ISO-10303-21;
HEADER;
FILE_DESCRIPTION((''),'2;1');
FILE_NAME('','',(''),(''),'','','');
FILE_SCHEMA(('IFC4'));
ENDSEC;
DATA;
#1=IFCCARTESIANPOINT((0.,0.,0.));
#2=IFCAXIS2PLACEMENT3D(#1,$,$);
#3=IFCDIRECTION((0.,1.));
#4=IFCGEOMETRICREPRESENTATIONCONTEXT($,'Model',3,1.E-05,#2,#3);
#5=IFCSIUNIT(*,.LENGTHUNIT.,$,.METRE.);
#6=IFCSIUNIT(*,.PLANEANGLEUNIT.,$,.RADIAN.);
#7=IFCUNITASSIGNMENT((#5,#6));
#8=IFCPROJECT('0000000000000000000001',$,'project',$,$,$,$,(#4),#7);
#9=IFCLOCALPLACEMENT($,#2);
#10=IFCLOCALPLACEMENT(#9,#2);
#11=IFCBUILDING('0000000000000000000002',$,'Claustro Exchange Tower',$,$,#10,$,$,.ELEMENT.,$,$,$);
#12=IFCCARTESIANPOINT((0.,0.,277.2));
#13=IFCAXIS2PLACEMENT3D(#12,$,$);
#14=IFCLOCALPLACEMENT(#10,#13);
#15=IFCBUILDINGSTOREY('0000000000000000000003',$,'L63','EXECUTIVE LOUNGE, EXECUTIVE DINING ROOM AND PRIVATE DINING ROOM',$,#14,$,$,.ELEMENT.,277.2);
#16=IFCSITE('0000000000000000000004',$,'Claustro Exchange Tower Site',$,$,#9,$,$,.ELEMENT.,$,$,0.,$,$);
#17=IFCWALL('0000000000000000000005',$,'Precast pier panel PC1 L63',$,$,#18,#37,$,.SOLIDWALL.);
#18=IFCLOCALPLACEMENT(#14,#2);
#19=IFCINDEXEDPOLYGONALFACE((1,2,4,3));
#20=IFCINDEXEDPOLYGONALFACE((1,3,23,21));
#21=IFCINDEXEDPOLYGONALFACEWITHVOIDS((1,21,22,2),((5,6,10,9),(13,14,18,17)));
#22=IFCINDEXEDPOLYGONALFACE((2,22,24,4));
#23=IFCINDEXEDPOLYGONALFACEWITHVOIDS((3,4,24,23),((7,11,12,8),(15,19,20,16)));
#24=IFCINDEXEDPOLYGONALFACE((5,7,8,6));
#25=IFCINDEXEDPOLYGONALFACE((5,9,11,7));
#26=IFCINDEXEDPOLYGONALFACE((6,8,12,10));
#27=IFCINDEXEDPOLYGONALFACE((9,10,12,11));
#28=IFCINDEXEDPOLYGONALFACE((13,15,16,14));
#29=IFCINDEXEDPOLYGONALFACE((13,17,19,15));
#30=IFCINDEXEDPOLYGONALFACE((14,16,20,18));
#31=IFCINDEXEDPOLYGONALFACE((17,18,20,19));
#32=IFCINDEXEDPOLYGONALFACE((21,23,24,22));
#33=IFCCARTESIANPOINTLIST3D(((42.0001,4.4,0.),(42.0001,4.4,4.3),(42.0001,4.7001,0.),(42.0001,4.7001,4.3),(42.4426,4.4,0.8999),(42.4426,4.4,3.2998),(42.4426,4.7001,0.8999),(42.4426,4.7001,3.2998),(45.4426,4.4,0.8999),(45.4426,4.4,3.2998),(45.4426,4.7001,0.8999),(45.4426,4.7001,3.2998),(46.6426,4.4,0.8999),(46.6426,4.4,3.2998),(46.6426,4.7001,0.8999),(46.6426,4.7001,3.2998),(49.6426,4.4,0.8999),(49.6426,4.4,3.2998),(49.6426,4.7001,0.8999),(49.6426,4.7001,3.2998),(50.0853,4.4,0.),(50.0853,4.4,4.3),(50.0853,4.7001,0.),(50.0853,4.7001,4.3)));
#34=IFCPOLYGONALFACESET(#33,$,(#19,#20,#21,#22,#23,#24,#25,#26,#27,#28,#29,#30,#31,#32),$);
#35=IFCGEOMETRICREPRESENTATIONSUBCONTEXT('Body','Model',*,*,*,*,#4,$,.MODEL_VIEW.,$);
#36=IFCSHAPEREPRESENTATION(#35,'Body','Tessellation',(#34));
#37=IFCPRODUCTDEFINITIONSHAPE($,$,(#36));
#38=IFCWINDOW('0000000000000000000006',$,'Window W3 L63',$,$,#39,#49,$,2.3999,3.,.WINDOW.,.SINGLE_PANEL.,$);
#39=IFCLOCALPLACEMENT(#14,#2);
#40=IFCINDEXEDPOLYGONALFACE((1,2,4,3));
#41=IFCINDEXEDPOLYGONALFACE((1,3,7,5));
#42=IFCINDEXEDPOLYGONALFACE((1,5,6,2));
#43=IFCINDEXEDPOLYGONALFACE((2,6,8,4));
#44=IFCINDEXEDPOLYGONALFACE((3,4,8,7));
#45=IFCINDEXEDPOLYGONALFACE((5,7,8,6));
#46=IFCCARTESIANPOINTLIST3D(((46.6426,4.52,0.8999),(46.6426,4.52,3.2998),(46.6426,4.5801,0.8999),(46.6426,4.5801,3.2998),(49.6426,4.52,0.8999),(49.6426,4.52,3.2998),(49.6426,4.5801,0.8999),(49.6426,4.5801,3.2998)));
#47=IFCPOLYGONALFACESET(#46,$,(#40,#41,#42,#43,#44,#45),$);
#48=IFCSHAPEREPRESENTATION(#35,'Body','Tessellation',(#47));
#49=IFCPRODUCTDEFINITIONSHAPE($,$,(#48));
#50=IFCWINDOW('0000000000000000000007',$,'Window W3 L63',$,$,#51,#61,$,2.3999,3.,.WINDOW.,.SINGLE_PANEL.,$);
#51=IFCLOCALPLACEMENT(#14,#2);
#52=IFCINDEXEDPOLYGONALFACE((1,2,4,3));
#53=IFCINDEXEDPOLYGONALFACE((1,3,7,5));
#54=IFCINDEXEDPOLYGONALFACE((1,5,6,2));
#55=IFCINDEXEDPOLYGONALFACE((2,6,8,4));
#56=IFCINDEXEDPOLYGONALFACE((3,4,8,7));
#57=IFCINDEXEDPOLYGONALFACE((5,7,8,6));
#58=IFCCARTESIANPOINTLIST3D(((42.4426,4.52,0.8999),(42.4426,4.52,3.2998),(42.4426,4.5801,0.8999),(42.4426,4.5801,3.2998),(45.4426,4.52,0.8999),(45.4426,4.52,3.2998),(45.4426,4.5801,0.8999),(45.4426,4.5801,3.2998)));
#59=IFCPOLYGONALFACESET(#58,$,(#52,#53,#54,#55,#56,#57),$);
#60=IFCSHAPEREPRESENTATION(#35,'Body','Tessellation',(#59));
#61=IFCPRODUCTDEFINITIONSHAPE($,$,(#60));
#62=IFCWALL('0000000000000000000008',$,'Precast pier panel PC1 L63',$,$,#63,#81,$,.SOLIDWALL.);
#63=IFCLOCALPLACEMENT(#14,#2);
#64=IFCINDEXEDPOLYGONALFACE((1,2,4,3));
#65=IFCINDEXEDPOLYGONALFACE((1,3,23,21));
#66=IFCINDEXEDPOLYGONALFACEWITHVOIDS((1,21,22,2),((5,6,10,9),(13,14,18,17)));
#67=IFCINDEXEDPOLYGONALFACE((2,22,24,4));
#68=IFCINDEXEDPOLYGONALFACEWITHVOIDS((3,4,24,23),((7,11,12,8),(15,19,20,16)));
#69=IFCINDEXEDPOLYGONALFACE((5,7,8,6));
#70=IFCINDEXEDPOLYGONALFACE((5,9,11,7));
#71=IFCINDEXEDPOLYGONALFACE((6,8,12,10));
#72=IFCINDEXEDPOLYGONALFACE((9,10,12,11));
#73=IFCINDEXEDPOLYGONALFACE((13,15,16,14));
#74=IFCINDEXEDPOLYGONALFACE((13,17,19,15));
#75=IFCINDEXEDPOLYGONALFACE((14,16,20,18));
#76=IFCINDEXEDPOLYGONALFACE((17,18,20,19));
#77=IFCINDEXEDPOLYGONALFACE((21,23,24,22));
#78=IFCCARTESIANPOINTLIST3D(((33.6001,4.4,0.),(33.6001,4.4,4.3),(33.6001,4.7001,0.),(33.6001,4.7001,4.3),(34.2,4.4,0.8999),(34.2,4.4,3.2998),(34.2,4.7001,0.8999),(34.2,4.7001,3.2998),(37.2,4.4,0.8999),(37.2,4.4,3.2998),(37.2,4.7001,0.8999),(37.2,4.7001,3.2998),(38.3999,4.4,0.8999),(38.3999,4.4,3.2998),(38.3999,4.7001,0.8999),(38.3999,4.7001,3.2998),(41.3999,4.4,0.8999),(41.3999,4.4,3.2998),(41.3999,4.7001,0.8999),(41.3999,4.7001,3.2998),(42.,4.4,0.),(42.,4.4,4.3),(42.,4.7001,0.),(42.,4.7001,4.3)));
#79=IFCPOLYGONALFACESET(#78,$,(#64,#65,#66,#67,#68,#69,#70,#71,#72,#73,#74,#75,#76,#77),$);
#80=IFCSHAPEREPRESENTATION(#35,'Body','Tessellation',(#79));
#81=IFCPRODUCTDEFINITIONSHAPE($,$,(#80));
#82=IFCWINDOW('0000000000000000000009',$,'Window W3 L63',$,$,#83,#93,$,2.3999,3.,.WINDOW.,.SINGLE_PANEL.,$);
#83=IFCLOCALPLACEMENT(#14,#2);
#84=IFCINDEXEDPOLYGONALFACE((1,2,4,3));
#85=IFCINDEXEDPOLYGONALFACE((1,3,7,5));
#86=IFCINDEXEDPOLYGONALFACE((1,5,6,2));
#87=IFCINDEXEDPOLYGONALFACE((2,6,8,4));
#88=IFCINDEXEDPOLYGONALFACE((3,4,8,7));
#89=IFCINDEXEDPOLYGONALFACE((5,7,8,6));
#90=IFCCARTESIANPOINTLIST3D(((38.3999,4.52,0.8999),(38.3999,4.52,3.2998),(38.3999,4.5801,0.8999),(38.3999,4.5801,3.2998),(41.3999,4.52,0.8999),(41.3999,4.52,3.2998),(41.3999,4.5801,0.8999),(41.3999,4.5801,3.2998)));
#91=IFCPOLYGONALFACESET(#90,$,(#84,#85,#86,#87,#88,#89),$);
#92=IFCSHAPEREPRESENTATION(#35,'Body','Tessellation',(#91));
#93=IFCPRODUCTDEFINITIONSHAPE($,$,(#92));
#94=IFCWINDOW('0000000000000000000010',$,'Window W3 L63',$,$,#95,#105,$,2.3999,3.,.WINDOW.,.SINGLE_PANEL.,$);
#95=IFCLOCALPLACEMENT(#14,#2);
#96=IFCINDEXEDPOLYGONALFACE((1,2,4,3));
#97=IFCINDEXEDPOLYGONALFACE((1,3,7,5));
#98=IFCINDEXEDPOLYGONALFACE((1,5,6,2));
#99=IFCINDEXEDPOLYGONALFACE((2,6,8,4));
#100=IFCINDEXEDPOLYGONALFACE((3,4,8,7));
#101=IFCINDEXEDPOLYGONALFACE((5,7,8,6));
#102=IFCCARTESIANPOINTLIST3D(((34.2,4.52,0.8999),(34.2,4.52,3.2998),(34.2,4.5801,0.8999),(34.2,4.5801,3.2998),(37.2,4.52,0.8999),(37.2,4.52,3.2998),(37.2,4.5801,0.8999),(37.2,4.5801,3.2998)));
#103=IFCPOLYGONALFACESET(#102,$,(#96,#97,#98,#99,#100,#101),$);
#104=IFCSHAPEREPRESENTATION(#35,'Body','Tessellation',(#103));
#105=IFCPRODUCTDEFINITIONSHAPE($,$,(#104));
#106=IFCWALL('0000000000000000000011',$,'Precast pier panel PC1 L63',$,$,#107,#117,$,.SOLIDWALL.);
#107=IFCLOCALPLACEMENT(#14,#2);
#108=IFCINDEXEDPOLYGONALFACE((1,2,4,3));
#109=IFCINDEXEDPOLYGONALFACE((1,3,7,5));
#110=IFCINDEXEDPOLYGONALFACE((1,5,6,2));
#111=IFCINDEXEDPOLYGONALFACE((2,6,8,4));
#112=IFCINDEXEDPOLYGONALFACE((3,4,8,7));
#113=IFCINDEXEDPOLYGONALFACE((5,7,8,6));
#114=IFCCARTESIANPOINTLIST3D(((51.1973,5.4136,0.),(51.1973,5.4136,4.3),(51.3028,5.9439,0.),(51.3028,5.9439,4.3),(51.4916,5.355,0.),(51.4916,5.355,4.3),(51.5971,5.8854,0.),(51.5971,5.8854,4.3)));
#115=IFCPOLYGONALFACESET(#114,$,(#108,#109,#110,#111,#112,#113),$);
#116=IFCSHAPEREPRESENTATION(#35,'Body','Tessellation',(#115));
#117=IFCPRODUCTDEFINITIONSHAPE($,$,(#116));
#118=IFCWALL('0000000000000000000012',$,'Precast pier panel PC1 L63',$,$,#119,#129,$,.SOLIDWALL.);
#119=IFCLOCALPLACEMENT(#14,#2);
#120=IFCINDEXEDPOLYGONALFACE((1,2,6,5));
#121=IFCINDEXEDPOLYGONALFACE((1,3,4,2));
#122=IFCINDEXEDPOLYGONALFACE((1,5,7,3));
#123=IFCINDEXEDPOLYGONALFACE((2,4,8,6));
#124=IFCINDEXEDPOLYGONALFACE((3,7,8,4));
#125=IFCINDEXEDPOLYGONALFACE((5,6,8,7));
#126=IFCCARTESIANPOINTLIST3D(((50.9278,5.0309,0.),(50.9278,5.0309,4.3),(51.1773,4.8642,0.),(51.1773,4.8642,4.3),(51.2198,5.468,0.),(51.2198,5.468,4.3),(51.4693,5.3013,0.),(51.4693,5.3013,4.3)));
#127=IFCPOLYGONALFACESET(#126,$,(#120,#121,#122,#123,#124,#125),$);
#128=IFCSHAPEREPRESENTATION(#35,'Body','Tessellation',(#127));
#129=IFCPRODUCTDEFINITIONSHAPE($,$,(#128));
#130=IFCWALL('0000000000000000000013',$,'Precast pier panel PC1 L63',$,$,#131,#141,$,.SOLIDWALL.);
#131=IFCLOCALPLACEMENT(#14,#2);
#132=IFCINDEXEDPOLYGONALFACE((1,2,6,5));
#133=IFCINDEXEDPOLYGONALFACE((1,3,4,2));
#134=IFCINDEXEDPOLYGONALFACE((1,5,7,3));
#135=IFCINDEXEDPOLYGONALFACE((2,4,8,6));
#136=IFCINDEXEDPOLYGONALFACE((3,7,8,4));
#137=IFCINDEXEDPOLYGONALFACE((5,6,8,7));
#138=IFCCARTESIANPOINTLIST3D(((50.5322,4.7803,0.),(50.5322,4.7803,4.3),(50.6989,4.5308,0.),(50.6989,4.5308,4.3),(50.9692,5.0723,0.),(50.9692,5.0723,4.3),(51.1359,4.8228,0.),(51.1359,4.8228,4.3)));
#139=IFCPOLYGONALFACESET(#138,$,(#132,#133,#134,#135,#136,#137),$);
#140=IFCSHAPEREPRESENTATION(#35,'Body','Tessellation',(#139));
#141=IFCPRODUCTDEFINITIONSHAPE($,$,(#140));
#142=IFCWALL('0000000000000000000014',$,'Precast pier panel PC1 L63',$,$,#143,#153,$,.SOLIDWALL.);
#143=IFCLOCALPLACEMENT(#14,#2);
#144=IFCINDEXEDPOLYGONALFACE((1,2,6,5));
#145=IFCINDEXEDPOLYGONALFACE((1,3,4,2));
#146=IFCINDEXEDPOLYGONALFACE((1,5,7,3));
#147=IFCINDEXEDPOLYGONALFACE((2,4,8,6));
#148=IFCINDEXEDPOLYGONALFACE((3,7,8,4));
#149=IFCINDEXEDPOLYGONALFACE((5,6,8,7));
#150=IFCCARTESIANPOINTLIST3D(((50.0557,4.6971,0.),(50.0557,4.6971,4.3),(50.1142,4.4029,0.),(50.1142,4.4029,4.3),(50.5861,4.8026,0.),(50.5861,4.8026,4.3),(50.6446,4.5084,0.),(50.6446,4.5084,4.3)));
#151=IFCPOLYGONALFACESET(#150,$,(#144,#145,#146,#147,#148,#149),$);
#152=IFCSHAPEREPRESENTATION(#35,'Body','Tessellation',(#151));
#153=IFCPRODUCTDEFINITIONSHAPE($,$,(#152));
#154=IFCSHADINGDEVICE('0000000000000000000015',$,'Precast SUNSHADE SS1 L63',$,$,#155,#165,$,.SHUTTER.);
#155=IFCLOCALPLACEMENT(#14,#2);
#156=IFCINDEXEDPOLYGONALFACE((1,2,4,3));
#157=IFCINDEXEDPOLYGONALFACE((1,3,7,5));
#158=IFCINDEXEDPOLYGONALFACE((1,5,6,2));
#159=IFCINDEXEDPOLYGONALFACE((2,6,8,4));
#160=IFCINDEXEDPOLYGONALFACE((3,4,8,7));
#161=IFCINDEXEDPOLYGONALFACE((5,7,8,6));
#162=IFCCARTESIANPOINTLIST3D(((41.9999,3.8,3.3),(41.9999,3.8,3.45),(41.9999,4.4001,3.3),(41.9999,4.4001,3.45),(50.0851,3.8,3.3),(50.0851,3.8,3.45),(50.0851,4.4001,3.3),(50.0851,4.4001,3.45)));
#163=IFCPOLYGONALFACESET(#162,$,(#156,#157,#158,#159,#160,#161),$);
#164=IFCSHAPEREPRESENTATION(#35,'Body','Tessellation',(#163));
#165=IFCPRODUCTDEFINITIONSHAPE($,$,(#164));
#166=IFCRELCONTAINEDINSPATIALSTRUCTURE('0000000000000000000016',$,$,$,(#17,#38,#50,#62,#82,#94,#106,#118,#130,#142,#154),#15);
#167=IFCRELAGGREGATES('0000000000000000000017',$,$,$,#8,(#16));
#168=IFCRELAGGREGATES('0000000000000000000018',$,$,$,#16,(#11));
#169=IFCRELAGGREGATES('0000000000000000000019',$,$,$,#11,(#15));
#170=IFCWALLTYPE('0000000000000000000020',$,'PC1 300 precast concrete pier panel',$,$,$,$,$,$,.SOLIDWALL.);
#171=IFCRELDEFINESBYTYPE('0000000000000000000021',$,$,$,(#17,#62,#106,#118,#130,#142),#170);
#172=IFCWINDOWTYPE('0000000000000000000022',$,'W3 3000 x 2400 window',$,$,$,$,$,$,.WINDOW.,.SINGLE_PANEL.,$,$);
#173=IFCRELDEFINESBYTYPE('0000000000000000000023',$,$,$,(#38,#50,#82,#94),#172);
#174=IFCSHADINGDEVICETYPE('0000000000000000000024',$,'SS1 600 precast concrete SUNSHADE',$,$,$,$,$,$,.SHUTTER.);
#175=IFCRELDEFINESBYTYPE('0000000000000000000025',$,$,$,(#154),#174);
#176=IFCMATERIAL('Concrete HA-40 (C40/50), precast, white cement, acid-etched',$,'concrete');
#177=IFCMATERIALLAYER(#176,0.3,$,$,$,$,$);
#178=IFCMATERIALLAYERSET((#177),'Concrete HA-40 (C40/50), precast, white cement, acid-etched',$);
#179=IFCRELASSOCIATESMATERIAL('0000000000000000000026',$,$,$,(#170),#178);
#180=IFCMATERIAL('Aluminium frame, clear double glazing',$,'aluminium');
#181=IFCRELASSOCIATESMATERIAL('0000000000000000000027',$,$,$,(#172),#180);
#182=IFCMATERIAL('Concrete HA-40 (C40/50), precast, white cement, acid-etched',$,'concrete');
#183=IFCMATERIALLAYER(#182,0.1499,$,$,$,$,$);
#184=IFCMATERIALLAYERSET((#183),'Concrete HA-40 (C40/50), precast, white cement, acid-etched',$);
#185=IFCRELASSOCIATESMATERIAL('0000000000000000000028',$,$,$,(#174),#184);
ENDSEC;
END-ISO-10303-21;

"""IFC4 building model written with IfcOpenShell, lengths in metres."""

from ifc_helpers import new_model, si_unit, direction, frame, frame_2d, origin, origin_2d, place, context, subcontext, project, spatial, rectangle, extrude, material, layer, layer_set, type_object, element, fill, save


model = new_model("IFC4")

# Units and contexts
model_context = context("Model", 3, precision=1e-05, world=origin(), true_north=direction((0.0, 1.0)))
body_context = subcontext(model_context, "Body", "Model", "MODEL_VIEW")
ifc_project = project(units=[si_unit("LENGTHUNIT", "METRE"), si_unit("PLANEANGLEUNIT", "RADIAN")], contexts=[model_context])

# Site, building, storey
site_placement = place(None, origin())
site = spatial("IfcSite", under=ifc_project, at=site_placement, Name="Claustro Exchange Tower Site", CompositionType="ELEMENT", RefElevation=0.0)
building_placement = place(site_placement, origin())
building = spatial("IfcBuilding", under=site, at=building_placement, Name="Claustro Exchange Tower", CompositionType="ELEMENT")
storey_placement = place(building_placement, frame((0.0, 0.0, 277.2)))
storey = spatial("IfcBuildingStorey", under=building, at=storey_placement, Name="L63", Description="EXECUTIVE LOUNGE, EXECUTIVE DINING ROOM AND PRIVATE DINING ROOM", CompositionType="ELEMENT", Elevation=277.2)

# Walls, openings, windows
ifc_material_1 = material(Name="Concrete HA-40 (C40/50), precast, white cement, acid-etched", Category="concrete")
ifc_layer_1 = layer(ifc_material_1, 0.3)
ifc_layer_set_1 = layer_set([ifc_layer_1], Name="Concrete HA-40 (C40/50), precast, white cement, acid-etched")
wall_type_1 = type_object("IfcWallType", Name="PC1 300 precast concrete pier panel", PredefinedType="SOLIDWALL", material=ifc_layer_set_1)
wall_1_placement = place(storey_placement, frame((50.0852, 4.55, 0.0), z_axis=(0.0, 0.0, 1.0), x_axis=(-1.0, 0.0, 0.0)))
wall_1 = element("IfcWall", 1, at=wall_1_placement, inside=storey, type_object=wall_type_1, Name="Precast pier panel PC1 L63", PredefinedType="SOLIDWALL", context=body_context, shape_type="SweptSolid", body=[
    extrude(rectangle(XDim=8.0852, YDim=0.3, at=frame_2d((4.0425, 0.0))), origin(), (0.0, 0.0, 1.0), 4.3),
])
opening_1_placement = place(wall_1_placement, frame((0.4426, 0.0, 0.8999)))
opening_1 = element("IfcOpeningElement", 2, at=opening_1_placement, cuts=wall_1, PredefinedType="OPENING", context=body_context, shape_type="SweptSolid", body=[
    extrude(rectangle(XDim=3.0, YDim=2.3999, at=frame_2d((1.5, 1.2))), frame((0.0, 0.1599, 0.0), z_axis=(0.0, -1.0, 0.0), x_axis=(1.0, 0.0, 0.0)), (0.0, 0.0, 1.0), 0.3201),
])
opening_2_placement = place(wall_1_placement, frame((4.6426, 0.0, 0.8999)))
opening_2 = element("IfcOpeningElement", 3, at=opening_2_placement, cuts=wall_1, PredefinedType="OPENING", context=body_context, shape_type="SweptSolid", body=[
    extrude(rectangle(XDim=3.0, YDim=2.3999, at=frame_2d((1.5, 1.2))), frame((0.0, 0.1599, 0.0), z_axis=(0.0, -1.0, 0.0), x_axis=(1.0, 0.0, 0.0)), (0.0, 0.0, 1.0), 0.3201),
])
ifc_material_2 = material(Name="Aluminium frame, clear double glazing", Category="aluminium")
window_type = type_object("IfcWindowType", Name="W3 3000 x 2400 window", PartitioningType="SINGLE_PANEL", PredefinedType="WINDOW", material=ifc_material_2)
window_1_placement = place(opening_1_placement, origin())
window_1 = element("IfcWindow", 4, at=window_1_placement, inside=storey, type_object=window_type, Name="Window W3 L63", OverallHeight=2.3999, OverallWidth=3.0, PartitioningType="SINGLE_PANEL", PredefinedType="WINDOW", context=body_context, shape_type="SweptSolid", body=[
    extrude(rectangle(XDim=3.0, YDim=2.3999, at=frame_2d((1.5, 1.2))), frame((0.0, 0.03, 0.0), z_axis=(0.0, -1.0, 0.0), x_axis=(1.0, 0.0, 0.0)), (0.0, 0.0, 1.0), 0.0601),
])
fill(opening_1, window_1)
window_2_placement = place(opening_2_placement, origin())
window_2 = element("IfcWindow", 5, at=window_2_placement, inside=storey, type_object=window_type, Name="Window W3 L63", OverallHeight=2.3999, OverallWidth=3.0, PartitioningType="SINGLE_PANEL", PredefinedType="WINDOW", context=body_context, shape_type="SweptSolid", body=[
    extrude(rectangle(XDim=3.0, YDim=2.3999, at=frame_2d((1.5, 1.2))), frame((0.0, 0.03, 0.0), z_axis=(0.0, -1.0, 0.0), x_axis=(1.0, 0.0, 0.0)), (0.0, 0.0, 1.0), 0.0601),
])
fill(opening_2, window_2)
wall_2_placement = place(storey_placement, frame((42.0, 4.55, 0.0), z_axis=(0.0, 0.0, 1.0), x_axis=(-1.0, 0.0, 0.0)))
wall_2 = element("IfcWall", 6, at=wall_2_placement, inside=storey, type_object=wall_type_1, Name="Precast pier panel PC1 L63", PredefinedType="SOLIDWALL", context=body_context, shape_type="SweptSolid", body=[
    extrude(rectangle(XDim=8.3999, YDim=0.3, at=frame_2d((4.2, 0.0))), origin(), (0.0, 0.0, 1.0), 4.3),
])
opening_3_placement = place(wall_2_placement, frame((0.6001, 0.0, 0.8999)))
opening_3 = element("IfcOpeningElement", 7, at=opening_3_placement, cuts=wall_2, PredefinedType="OPENING", context=body_context, shape_type="SweptSolid", body=[
    extrude(rectangle(XDim=3.0, YDim=2.3999, at=frame_2d((1.5, 1.2))), frame((0.0, 0.1599, 0.0), z_axis=(0.0, -1.0, 0.0), x_axis=(1.0, 0.0, 0.0)), (0.0, 0.0, 1.0), 0.3201),
])
opening_4_placement = place(wall_2_placement, frame((4.8, 0.0, 0.8999)))
opening_4 = element("IfcOpeningElement", 8, at=opening_4_placement, cuts=wall_2, PredefinedType="OPENING", context=body_context, shape_type="SweptSolid", body=[
    extrude(rectangle(XDim=3.0, YDim=2.3999, at=frame_2d((1.5, 1.2))), frame((0.0, 0.1599, 0.0), z_axis=(0.0, -1.0, 0.0), x_axis=(1.0, 0.0, 0.0)), (0.0, 0.0, 1.0), 0.3201),
])
window_3_placement = place(opening_3_placement, origin())
window_3 = element("IfcWindow", 9, at=window_3_placement, inside=storey, type_object=window_type, Name="Window W3 L63", OverallHeight=2.3999, OverallWidth=3.0, PartitioningType="SINGLE_PANEL", PredefinedType="WINDOW", context=body_context, shape_type="SweptSolid", body=[
    extrude(rectangle(XDim=3.0, YDim=2.3999, at=frame_2d((1.5, 1.2))), frame((0.0, 0.03, 0.0), z_axis=(0.0, -1.0, 0.0), x_axis=(1.0, 0.0, 0.0)), (0.0, 0.0, 1.0), 0.0601),
])
fill(opening_3, window_3)
window_4_placement = place(opening_4_placement, origin())
window_4 = element("IfcWindow", 10, at=window_4_placement, inside=storey, type_object=window_type, Name="Window W3 L63", OverallHeight=2.3999, OverallWidth=3.0, PartitioningType="SINGLE_PANEL", PredefinedType="WINDOW", context=body_context, shape_type="SweptSolid", body=[
    extrude(rectangle(XDim=3.0, YDim=2.3999, at=frame_2d((1.5, 1.2))), frame((0.0, 0.03, 0.0), z_axis=(0.0, -1.0, 0.0), x_axis=(1.0, 0.0, 0.0)), (0.0, 0.0, 1.0), 0.0601),
])
fill(opening_4, window_4)

# Walls
wall_3_placement = place(storey_placement, frame((51.45, 5.9148, 0.0), z_axis=(0.0, 0.0, 1.0), x_axis=(-0.195074, -0.980789, 0.0)))
element("IfcWall", 11, at=wall_3_placement, inside=storey, type_object=wall_type_1, Name="Precast pier panel PC1 L63", PredefinedType="SOLIDWALL", context=body_context, shape_type="SweptSolid", body=[
    extrude(rectangle(XDim=0.5408, YDim=0.3, at=frame_2d((0.2705, 0.0))), origin(), (0.0, 0.0, 1.0), 4.3),
])
for number, where, z_axis, x_axis, name in (
    (12, (51.3445, 5.3845, 0.0), (0.0, 0.0, 1.0), (-0.555557, -0.831478, 0.0), "Precast pier panel PC1 L63"),
    (13, (51.0525, 4.9475, 0.0), (0.0, 0.0, 1.0), (-0.831478, -0.555557, 0.0), "Precast pier panel PC1 L63"),
):
    element("IfcWall", number, at=place(storey_placement, frame(where, z_axis=z_axis, x_axis=x_axis)), inside=storey, type_object=wall_type_1, Name=name, PredefinedType="SOLIDWALL", context=body_context, shape_type="SweptSolid", body=[
        extrude(rectangle(XDim=0.5256, YDim=0.3, at=frame_2d((0.2627, 0.0))), origin(), (0.0, 0.0, 1.0), 4.3),
    ])
wall_4_placement = place(storey_placement, frame((50.6155, 4.6555, 0.0), z_axis=(0.0, 0.0, 1.0), x_axis=(-0.980789, -0.195074, 0.0)))
element("IfcWall", 14, at=wall_4_placement, inside=storey, type_object=wall_type_1, Name="Precast pier panel PC1 L63", PredefinedType="SOLIDWALL", context=body_context, shape_type="SweptSolid", body=[
    extrude(rectangle(XDim=0.5408, YDim=0.3, at=frame_2d((0.2705, 0.0))), origin(), (0.0, 0.0, 1.0), 4.3),
])

# Shading device
ifc_material_3 = material(Name="Concrete HA-40 (C40/50), precast, white cement, acid-etched", Category="concrete")
ifc_layer_2 = layer(ifc_material_3, 0.1499)
ifc_layer_set_2 = layer_set([ifc_layer_2], Name="Concrete HA-40 (C40/50), precast, white cement, acid-etched")
shading_device_type = type_object("IfcShadingDeviceType", Name="SS1 600 precast concrete SUNSHADE", PredefinedType="SHUTTER", material=ifc_layer_set_2)
shading_device_placement = place(storey_placement, frame((46.0425, 4.1001, 3.3), z_axis=(0.0, 0.0, 1.0), x_axis=(-1.0, 0.0, 0.0)))
element("IfcShadingDevice", 15, at=shading_device_placement, inside=storey, type_object=shading_device_type, Name="Precast SUNSHADE SS1 L63", PredefinedType="SHUTTER", context=body_context, shape_type="SweptSolid", body=[
    extrude(rectangle(XDim=8.0852, YDim=0.6001, at=origin_2d()), origin(), (0.0, 0.0, 1.0), 0.1499),
])

save(model, "model.ifc")
